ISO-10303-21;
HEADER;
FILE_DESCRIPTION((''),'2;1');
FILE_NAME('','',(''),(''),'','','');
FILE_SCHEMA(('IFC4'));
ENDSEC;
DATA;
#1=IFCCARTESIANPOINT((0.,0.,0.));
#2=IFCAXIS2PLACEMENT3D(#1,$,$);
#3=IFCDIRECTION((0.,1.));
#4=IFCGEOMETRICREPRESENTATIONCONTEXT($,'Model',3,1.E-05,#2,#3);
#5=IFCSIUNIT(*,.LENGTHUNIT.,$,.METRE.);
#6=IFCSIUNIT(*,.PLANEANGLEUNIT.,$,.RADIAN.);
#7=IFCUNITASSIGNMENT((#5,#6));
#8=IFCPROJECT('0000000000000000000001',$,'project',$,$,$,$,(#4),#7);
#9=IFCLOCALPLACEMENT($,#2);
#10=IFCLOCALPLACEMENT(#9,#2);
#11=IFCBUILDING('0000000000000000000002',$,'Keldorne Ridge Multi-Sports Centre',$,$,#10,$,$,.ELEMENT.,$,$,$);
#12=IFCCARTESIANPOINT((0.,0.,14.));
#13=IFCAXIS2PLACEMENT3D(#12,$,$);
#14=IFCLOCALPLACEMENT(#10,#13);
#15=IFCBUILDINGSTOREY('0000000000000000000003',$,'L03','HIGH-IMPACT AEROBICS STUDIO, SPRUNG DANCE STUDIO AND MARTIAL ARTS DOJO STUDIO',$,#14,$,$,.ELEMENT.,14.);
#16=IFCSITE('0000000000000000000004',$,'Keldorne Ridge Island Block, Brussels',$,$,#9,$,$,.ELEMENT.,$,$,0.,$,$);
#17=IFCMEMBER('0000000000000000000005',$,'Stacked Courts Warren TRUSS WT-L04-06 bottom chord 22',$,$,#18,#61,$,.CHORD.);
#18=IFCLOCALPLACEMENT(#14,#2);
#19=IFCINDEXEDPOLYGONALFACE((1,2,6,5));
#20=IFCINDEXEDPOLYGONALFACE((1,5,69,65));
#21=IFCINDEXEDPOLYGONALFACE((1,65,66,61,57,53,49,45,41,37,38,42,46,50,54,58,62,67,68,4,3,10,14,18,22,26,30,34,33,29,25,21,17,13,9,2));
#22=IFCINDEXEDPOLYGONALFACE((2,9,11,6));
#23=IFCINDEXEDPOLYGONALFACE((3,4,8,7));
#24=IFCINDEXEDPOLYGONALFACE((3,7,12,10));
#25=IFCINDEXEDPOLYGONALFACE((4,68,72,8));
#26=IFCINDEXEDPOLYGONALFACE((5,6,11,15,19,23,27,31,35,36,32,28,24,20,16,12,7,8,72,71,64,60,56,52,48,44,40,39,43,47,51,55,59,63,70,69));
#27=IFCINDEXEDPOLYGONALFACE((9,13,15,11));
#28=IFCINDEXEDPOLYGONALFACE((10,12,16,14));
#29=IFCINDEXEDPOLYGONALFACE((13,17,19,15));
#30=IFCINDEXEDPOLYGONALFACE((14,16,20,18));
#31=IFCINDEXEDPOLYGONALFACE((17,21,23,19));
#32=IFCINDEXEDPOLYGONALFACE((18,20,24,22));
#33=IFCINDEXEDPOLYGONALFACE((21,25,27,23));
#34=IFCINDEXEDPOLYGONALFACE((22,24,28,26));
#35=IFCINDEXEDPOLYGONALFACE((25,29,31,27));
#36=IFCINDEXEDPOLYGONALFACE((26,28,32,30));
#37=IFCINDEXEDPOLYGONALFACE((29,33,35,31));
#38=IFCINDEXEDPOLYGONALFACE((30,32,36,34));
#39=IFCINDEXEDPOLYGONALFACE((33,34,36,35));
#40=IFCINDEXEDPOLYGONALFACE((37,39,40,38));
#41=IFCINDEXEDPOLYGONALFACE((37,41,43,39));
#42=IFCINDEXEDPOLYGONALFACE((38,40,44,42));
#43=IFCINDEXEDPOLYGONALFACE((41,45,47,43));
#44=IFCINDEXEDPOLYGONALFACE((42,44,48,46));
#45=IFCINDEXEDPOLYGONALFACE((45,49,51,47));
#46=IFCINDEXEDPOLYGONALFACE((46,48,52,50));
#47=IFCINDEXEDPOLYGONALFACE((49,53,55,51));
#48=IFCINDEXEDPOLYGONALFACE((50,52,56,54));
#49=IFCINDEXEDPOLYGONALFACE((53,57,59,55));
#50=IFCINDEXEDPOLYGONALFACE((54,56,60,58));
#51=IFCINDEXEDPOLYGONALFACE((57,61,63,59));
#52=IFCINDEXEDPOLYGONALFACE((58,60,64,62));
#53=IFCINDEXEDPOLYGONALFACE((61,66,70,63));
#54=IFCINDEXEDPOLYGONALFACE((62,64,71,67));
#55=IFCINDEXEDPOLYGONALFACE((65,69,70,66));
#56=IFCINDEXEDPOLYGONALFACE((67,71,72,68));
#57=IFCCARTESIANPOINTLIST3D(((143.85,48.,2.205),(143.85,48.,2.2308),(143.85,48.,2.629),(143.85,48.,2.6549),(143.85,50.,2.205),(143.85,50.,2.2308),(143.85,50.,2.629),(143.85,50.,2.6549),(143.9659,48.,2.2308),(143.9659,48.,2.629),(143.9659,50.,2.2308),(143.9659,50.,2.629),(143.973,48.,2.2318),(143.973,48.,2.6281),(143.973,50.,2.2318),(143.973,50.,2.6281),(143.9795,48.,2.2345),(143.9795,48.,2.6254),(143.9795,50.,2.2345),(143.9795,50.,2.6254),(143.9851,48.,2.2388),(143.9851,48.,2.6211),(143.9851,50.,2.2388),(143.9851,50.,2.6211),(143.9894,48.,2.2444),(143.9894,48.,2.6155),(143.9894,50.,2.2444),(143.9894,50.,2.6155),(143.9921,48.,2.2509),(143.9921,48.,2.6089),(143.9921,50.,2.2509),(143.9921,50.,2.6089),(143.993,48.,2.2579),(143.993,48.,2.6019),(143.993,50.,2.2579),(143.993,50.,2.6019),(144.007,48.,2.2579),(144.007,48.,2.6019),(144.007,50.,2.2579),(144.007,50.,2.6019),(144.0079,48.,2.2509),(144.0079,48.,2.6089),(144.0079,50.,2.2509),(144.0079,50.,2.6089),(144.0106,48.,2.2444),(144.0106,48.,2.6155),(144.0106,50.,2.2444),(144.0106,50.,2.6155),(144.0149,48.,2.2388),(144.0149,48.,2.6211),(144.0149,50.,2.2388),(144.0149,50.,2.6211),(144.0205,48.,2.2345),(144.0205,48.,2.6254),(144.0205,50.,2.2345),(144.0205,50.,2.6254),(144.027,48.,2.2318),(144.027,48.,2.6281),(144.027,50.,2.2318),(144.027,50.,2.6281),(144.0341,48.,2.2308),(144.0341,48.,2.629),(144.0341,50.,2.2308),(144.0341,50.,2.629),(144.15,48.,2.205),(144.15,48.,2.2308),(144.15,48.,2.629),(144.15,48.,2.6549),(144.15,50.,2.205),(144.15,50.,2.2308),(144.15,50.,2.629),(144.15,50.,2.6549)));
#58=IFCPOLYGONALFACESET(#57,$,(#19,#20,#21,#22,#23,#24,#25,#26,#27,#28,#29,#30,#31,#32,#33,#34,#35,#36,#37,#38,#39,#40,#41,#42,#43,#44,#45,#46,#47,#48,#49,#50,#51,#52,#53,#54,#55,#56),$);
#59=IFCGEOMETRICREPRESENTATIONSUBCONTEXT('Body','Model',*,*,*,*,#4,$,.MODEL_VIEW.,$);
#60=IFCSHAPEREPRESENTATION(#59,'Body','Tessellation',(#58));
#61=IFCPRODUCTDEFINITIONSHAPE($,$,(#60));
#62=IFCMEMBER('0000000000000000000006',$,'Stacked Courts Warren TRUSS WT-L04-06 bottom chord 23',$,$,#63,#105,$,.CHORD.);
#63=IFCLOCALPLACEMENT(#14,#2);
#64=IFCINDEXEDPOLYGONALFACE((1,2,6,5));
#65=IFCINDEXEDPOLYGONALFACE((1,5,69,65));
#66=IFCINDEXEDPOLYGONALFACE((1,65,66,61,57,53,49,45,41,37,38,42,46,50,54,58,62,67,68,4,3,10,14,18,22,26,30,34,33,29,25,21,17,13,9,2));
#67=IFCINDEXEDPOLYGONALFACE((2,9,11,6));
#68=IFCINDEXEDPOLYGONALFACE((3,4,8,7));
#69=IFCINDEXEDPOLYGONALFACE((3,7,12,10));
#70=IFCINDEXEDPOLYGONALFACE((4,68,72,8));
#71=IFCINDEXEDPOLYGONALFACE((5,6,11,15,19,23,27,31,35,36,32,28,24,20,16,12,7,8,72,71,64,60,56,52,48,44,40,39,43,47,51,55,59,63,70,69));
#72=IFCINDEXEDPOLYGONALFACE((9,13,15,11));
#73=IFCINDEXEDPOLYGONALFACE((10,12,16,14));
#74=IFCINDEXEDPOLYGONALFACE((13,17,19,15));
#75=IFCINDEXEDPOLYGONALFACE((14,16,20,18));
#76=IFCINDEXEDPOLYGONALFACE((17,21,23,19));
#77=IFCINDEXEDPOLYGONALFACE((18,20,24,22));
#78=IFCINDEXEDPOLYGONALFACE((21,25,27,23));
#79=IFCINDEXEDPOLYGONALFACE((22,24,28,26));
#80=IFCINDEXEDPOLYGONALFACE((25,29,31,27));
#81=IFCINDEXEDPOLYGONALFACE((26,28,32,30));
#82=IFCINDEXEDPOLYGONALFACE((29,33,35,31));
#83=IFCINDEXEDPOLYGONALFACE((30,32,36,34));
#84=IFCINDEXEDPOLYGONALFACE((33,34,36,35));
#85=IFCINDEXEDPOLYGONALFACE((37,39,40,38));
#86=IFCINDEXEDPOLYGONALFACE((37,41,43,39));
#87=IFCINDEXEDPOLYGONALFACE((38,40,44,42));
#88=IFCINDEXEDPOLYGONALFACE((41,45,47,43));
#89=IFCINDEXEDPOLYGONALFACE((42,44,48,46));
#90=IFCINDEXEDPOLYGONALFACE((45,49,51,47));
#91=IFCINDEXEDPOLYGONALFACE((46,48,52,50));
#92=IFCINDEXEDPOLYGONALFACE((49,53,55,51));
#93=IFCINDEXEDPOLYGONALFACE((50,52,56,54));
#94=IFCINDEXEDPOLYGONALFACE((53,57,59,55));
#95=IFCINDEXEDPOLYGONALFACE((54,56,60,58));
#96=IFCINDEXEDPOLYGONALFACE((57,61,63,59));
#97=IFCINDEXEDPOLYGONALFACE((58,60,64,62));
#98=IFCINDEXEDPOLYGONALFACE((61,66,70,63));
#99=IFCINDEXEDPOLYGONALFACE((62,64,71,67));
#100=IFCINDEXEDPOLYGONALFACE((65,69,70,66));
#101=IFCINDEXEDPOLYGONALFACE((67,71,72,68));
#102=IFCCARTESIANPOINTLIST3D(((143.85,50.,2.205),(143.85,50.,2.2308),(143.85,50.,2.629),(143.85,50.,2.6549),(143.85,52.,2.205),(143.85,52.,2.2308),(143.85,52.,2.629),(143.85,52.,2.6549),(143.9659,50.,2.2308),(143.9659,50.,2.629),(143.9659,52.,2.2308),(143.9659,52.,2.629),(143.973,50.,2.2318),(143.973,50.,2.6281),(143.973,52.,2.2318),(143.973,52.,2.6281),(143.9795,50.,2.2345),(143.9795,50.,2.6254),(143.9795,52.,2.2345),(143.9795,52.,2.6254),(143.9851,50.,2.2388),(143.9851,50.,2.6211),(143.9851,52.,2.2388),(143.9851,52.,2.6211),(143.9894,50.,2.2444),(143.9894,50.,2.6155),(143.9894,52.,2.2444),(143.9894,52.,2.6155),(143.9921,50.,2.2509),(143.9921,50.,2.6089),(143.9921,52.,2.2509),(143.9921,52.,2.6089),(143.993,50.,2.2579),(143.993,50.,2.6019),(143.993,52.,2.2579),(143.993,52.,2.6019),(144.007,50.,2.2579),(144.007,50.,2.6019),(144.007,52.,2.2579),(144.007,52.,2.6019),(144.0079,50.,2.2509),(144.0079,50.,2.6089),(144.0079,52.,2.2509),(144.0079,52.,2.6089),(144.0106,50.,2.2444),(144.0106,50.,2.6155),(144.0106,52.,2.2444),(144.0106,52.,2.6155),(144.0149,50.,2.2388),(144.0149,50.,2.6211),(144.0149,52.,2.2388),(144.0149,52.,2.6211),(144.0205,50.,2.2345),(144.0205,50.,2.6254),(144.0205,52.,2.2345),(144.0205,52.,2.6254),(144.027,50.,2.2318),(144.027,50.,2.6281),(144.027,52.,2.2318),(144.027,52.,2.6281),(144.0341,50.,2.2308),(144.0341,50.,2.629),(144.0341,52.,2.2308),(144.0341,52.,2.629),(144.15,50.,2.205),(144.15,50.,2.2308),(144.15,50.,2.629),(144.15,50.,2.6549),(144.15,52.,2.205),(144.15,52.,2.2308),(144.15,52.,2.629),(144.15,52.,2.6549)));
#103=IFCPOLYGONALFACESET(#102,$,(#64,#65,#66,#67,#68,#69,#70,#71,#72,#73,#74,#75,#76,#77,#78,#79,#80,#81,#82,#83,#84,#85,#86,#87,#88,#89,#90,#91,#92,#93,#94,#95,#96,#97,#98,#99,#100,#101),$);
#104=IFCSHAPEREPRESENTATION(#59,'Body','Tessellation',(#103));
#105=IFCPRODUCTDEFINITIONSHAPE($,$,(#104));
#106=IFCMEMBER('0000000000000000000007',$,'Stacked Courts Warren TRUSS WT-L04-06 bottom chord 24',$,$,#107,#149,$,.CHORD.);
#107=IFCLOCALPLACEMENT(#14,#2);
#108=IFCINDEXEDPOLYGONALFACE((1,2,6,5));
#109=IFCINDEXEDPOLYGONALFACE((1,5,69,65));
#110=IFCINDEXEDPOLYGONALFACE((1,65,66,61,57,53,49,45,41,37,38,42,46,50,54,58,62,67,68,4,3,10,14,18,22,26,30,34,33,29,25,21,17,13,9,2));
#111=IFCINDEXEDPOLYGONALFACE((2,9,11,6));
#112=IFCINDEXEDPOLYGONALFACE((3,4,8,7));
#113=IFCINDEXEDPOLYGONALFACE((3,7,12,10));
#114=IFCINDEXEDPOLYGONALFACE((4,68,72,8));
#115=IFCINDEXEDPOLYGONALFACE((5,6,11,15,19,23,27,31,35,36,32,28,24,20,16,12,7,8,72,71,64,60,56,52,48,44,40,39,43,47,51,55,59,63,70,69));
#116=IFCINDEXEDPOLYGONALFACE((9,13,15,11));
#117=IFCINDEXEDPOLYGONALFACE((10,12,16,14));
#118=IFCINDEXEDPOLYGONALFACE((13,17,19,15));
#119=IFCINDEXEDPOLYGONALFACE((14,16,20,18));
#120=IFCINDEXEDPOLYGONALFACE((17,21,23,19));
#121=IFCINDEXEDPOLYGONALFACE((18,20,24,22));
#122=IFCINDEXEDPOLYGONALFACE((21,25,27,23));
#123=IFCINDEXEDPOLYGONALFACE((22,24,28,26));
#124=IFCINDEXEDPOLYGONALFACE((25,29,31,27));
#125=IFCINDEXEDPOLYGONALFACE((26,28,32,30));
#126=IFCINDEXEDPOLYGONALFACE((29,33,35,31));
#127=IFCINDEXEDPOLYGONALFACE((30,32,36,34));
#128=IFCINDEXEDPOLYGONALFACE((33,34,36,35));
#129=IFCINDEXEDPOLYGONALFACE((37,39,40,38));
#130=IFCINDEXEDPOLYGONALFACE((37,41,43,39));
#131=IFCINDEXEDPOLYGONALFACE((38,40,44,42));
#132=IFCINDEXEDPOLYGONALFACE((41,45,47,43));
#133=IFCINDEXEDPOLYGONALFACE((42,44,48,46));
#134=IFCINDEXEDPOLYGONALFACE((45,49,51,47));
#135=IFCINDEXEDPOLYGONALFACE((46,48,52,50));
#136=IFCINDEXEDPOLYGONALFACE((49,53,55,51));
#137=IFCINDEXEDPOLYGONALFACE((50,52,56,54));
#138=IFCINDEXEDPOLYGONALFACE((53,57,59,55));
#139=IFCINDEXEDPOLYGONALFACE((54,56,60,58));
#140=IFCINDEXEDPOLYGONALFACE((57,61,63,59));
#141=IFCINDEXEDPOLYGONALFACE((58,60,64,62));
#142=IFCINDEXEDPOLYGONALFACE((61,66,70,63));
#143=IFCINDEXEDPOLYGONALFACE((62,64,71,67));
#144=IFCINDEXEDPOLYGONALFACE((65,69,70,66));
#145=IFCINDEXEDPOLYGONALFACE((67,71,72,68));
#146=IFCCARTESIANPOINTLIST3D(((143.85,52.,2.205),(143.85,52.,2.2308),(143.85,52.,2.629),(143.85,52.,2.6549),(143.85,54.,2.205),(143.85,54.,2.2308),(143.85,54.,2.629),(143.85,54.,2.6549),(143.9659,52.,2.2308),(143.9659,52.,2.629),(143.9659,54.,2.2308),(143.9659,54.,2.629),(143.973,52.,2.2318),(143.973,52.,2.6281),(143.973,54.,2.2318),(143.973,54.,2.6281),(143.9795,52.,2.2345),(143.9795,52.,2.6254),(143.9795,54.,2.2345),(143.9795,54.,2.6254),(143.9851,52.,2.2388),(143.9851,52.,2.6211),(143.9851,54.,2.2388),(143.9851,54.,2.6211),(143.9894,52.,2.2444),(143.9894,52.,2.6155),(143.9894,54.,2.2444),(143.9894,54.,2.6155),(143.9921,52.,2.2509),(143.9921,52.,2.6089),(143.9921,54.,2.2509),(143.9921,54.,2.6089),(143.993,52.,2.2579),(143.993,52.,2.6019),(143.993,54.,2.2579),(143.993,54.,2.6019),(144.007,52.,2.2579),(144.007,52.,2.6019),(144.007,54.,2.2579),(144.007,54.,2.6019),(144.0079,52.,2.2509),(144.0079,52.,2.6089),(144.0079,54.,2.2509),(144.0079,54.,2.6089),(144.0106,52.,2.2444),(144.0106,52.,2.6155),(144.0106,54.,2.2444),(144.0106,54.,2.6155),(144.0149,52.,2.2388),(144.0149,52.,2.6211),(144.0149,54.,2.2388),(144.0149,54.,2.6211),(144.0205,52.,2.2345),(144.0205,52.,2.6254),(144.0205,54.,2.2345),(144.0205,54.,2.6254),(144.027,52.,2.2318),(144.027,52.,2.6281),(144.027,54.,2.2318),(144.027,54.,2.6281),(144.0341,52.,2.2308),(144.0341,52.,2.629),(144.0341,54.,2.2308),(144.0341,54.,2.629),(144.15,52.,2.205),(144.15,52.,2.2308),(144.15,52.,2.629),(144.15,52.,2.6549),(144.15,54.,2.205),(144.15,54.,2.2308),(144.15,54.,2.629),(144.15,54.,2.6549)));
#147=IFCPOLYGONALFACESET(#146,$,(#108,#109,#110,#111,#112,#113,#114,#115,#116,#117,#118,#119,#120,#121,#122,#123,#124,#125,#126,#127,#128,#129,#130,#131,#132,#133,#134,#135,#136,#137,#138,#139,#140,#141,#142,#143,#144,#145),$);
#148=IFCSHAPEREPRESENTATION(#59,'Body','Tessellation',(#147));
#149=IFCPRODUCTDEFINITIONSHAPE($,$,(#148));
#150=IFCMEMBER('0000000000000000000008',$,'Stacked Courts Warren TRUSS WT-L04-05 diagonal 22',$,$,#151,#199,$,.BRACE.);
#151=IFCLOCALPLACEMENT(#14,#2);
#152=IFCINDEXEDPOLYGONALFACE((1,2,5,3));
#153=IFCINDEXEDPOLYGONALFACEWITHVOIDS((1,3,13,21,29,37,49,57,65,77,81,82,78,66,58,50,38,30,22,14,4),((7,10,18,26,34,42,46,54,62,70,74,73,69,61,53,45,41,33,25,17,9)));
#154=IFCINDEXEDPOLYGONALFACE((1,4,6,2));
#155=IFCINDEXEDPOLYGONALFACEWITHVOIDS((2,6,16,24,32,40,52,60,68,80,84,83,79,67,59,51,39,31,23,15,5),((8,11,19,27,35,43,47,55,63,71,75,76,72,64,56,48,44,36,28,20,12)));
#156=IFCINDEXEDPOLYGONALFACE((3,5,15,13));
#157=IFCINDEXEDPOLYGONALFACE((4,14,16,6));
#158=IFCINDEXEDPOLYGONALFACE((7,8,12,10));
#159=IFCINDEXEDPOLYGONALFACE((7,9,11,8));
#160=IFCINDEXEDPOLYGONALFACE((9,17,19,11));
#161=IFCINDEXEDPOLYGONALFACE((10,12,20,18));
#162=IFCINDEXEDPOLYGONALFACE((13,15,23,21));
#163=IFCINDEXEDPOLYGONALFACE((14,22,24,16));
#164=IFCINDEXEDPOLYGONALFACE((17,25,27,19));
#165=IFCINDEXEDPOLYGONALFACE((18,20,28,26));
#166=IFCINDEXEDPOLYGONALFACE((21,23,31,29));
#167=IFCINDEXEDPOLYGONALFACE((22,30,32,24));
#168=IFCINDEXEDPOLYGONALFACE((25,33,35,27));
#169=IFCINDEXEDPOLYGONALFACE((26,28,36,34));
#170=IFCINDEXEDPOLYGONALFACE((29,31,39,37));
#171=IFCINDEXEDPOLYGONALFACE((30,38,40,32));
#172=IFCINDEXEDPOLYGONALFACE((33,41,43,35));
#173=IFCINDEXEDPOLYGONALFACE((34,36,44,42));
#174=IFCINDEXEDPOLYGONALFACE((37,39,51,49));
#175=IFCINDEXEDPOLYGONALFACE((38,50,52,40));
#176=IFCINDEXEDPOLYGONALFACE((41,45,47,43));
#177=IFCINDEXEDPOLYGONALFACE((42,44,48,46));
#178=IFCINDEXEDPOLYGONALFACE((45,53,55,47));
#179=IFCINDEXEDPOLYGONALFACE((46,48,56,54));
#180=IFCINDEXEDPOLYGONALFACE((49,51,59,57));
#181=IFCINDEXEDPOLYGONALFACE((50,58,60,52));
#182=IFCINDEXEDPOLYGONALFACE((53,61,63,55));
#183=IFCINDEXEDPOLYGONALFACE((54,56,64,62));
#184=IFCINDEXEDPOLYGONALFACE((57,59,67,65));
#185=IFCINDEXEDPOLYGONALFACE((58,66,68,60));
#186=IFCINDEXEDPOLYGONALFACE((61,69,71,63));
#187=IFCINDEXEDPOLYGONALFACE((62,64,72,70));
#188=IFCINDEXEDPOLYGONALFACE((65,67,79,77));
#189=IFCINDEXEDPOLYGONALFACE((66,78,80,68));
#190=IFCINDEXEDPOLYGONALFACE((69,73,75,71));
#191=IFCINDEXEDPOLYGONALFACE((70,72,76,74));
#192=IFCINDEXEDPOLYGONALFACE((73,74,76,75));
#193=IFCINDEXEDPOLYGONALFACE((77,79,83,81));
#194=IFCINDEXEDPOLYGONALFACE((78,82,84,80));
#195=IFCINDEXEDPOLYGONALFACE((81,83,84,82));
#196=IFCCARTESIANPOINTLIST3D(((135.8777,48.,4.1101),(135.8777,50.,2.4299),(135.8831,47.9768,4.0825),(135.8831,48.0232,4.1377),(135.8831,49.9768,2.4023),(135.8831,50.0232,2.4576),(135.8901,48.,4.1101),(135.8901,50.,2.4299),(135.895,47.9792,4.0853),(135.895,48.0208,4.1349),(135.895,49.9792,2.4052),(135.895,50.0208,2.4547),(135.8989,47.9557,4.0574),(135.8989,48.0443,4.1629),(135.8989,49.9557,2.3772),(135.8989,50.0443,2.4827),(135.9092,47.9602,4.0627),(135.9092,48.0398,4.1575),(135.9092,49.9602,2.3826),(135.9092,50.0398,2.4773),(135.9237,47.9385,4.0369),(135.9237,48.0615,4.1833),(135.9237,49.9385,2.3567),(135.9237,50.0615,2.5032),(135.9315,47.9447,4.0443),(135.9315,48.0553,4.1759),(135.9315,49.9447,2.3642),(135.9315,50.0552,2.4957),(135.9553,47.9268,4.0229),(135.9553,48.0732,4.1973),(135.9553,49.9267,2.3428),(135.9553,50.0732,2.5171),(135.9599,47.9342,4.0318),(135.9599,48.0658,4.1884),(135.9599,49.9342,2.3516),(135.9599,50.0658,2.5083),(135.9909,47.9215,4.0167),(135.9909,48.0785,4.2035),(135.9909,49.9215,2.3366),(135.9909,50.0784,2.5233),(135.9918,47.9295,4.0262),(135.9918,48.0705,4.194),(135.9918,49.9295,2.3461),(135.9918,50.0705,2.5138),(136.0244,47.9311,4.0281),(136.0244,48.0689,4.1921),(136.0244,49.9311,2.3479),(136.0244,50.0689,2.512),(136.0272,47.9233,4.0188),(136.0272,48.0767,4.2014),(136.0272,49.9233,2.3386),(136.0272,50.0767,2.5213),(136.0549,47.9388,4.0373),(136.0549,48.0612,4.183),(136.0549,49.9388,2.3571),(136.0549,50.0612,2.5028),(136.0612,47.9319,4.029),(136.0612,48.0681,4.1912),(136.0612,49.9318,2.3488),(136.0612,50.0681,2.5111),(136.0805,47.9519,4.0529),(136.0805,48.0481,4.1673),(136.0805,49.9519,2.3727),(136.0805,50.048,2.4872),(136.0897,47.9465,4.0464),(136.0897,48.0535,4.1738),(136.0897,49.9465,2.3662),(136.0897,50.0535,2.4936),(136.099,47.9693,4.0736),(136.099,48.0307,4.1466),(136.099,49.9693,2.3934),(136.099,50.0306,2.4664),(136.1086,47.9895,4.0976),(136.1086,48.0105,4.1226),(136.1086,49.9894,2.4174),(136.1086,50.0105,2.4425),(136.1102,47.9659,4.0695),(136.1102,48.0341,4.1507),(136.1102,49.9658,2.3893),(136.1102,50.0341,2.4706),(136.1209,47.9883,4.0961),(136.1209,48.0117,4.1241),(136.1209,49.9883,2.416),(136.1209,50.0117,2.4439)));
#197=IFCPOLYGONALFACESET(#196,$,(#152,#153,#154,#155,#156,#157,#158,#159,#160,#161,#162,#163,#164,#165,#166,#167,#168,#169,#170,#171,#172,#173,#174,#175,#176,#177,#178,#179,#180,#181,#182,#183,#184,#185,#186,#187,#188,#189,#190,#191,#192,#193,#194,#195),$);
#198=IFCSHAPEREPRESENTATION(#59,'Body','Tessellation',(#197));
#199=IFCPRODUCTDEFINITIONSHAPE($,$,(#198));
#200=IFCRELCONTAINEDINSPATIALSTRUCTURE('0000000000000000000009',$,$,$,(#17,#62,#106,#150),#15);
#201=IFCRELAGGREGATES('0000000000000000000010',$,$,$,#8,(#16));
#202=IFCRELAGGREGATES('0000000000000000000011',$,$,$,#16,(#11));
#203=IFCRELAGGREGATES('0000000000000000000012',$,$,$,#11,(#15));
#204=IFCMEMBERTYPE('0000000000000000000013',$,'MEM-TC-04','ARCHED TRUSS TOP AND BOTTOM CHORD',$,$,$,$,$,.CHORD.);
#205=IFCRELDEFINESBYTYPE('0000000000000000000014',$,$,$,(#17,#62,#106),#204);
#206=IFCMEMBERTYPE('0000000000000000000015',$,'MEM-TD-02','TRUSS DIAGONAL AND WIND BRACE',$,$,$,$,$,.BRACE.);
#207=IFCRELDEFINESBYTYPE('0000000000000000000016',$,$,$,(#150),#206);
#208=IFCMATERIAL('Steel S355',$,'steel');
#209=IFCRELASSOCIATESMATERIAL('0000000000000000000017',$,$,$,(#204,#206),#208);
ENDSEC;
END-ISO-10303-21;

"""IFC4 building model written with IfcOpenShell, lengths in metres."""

from ifc_helpers import new_model, si_unit, direction, frame, origin, origin_2d, place, context, subcontext, project, spatial, hollow_circle, i_section, extrude, material, material_profile, profile_set, type_object, element, save


model = new_model("IFC4")

# Units and contexts
model_context = context("Model", 3, precision=1e-05, world=origin(), true_north=direction((0.0, 1.0)))
body_context = subcontext(model_context, "Body", "Model", "MODEL_VIEW")
ifc_project = project(units=[si_unit("LENGTHUNIT", "METRE"), si_unit("PLANEANGLEUNIT", "RADIAN")], contexts=[model_context])

# Site, building, storey
site_placement = place(None, origin())
site = spatial("IfcSite", under=ifc_project, at=site_placement, Name="Keldorne Ridge Island Block, Brussels", CompositionType="ELEMENT", RefElevation=0.0)
building_placement = place(site_placement, origin())
building = spatial("IfcBuilding", under=site, at=building_placement, Name="Keldorne Ridge Multi-Sports Centre", CompositionType="ELEMENT")
storey_placement = place(building_placement, frame((0.0, 0.0, 14.0)))
storey = spatial("IfcBuildingStorey", under=building, at=storey_placement, Name="L03", Description="HIGH-IMPACT AEROBICS STUDIO, SPRUNG DANCE STUDIO AND MARTIAL ARTS DOJO STUDIO", CompositionType="ELEMENT", Elevation=14.0)

# Shared definitions
ifc_material_1 = material(Name="Steel S355", Category="steel")

# Members
ifc_material_profile_1 = material_profile(ifc_material_1, i_section(OverallWidth=0.3, OverallDepth=0.45, WebThickness=0.0139, FlangeThickness=0.0259, FilletRadius=0.0271, at=origin_2d()), Name="HEB 450")
ifc_profile_set_1 = profile_set([ifc_material_profile_1], Name="Steel S355")
member_type_1 = type_object("IfcMemberType", Name="MEM-TC-04", Description="ARCHED TRUSS TOP AND BOTTOM CHORD", PredefinedType="CHORD", material=ifc_profile_set_1)
for number, where, z_axis, x_axis, name in (
    (1, (144.0, 48.0, 2.4299), (0.0, 1.0, 0.0), (-1.0, 0.0, 0.0), "Stacked Courts Warren TRUSS WT-L04-06 bottom chord 22"),
    (2, (144.0, 50.0, 2.4299), (0.0, 1.0, 0.0), (-1.0, 0.0, 0.0), "Stacked Courts Warren TRUSS WT-L04-06 bottom chord 23"),
    (3, (144.0, 52.0, 2.4299), (0.0, 1.0, 0.0), (-1.0, 0.0, 0.0), "Stacked Courts Warren TRUSS WT-L04-06 bottom chord 24"),
):
    element("IfcMember", number, at=place(storey_placement, frame(where, z_axis=z_axis, x_axis=x_axis)), inside=storey, type_object=member_type_1, Name=name, PredefinedType="CHORD", context=body_context, shape_type="SweptSolid", body=[
        extrude(i_section(OverallWidth=0.3, OverallDepth=0.45, WebThickness=0.0139, FlangeThickness=0.0259, FilletRadius=0.0271, at=origin_2d()), origin(), (0.0, 0.0, 1.0), 2.0),
    ])
ifc_material_profile_2 = material_profile(ifc_material_1, hollow_circle(Radius=0.1223, WallThickness=0.0125, at=origin_2d()), Name="CHS 244.5x12.5")
ifc_profile_set_2 = profile_set([ifc_material_profile_2], Name="Steel S355")
member_type_2 = type_object("IfcMemberType", Name="MEM-TD-02", Description="TRUSS DIAGONAL AND WIND BRACE", PredefinedType="BRACE", material=ifc_profile_set_2)
for number, where, z_axis, x_axis, name in (
    (4, (136.0, 48.0, 4.1101), (0.0, 0.765672, -0.643232), (-1.0, 0.0, 0.0), "Stacked Courts Warren TRUSS WT-L04-05 diagonal 22"),
):
    element("IfcMember", number, at=place(storey_placement, frame(where, z_axis=z_axis, x_axis=x_axis)), inside=storey, type_object=member_type_2, Name=name, PredefinedType="BRACE", context=body_context, shape_type="SweptSolid", body=[
        extrude(hollow_circle(Radius=0.1223, WallThickness=0.0125, at=origin_2d()), origin(), (0.0, 0.0, 1.0), 2.6121),
    ])

save(model, "model.ifc")
